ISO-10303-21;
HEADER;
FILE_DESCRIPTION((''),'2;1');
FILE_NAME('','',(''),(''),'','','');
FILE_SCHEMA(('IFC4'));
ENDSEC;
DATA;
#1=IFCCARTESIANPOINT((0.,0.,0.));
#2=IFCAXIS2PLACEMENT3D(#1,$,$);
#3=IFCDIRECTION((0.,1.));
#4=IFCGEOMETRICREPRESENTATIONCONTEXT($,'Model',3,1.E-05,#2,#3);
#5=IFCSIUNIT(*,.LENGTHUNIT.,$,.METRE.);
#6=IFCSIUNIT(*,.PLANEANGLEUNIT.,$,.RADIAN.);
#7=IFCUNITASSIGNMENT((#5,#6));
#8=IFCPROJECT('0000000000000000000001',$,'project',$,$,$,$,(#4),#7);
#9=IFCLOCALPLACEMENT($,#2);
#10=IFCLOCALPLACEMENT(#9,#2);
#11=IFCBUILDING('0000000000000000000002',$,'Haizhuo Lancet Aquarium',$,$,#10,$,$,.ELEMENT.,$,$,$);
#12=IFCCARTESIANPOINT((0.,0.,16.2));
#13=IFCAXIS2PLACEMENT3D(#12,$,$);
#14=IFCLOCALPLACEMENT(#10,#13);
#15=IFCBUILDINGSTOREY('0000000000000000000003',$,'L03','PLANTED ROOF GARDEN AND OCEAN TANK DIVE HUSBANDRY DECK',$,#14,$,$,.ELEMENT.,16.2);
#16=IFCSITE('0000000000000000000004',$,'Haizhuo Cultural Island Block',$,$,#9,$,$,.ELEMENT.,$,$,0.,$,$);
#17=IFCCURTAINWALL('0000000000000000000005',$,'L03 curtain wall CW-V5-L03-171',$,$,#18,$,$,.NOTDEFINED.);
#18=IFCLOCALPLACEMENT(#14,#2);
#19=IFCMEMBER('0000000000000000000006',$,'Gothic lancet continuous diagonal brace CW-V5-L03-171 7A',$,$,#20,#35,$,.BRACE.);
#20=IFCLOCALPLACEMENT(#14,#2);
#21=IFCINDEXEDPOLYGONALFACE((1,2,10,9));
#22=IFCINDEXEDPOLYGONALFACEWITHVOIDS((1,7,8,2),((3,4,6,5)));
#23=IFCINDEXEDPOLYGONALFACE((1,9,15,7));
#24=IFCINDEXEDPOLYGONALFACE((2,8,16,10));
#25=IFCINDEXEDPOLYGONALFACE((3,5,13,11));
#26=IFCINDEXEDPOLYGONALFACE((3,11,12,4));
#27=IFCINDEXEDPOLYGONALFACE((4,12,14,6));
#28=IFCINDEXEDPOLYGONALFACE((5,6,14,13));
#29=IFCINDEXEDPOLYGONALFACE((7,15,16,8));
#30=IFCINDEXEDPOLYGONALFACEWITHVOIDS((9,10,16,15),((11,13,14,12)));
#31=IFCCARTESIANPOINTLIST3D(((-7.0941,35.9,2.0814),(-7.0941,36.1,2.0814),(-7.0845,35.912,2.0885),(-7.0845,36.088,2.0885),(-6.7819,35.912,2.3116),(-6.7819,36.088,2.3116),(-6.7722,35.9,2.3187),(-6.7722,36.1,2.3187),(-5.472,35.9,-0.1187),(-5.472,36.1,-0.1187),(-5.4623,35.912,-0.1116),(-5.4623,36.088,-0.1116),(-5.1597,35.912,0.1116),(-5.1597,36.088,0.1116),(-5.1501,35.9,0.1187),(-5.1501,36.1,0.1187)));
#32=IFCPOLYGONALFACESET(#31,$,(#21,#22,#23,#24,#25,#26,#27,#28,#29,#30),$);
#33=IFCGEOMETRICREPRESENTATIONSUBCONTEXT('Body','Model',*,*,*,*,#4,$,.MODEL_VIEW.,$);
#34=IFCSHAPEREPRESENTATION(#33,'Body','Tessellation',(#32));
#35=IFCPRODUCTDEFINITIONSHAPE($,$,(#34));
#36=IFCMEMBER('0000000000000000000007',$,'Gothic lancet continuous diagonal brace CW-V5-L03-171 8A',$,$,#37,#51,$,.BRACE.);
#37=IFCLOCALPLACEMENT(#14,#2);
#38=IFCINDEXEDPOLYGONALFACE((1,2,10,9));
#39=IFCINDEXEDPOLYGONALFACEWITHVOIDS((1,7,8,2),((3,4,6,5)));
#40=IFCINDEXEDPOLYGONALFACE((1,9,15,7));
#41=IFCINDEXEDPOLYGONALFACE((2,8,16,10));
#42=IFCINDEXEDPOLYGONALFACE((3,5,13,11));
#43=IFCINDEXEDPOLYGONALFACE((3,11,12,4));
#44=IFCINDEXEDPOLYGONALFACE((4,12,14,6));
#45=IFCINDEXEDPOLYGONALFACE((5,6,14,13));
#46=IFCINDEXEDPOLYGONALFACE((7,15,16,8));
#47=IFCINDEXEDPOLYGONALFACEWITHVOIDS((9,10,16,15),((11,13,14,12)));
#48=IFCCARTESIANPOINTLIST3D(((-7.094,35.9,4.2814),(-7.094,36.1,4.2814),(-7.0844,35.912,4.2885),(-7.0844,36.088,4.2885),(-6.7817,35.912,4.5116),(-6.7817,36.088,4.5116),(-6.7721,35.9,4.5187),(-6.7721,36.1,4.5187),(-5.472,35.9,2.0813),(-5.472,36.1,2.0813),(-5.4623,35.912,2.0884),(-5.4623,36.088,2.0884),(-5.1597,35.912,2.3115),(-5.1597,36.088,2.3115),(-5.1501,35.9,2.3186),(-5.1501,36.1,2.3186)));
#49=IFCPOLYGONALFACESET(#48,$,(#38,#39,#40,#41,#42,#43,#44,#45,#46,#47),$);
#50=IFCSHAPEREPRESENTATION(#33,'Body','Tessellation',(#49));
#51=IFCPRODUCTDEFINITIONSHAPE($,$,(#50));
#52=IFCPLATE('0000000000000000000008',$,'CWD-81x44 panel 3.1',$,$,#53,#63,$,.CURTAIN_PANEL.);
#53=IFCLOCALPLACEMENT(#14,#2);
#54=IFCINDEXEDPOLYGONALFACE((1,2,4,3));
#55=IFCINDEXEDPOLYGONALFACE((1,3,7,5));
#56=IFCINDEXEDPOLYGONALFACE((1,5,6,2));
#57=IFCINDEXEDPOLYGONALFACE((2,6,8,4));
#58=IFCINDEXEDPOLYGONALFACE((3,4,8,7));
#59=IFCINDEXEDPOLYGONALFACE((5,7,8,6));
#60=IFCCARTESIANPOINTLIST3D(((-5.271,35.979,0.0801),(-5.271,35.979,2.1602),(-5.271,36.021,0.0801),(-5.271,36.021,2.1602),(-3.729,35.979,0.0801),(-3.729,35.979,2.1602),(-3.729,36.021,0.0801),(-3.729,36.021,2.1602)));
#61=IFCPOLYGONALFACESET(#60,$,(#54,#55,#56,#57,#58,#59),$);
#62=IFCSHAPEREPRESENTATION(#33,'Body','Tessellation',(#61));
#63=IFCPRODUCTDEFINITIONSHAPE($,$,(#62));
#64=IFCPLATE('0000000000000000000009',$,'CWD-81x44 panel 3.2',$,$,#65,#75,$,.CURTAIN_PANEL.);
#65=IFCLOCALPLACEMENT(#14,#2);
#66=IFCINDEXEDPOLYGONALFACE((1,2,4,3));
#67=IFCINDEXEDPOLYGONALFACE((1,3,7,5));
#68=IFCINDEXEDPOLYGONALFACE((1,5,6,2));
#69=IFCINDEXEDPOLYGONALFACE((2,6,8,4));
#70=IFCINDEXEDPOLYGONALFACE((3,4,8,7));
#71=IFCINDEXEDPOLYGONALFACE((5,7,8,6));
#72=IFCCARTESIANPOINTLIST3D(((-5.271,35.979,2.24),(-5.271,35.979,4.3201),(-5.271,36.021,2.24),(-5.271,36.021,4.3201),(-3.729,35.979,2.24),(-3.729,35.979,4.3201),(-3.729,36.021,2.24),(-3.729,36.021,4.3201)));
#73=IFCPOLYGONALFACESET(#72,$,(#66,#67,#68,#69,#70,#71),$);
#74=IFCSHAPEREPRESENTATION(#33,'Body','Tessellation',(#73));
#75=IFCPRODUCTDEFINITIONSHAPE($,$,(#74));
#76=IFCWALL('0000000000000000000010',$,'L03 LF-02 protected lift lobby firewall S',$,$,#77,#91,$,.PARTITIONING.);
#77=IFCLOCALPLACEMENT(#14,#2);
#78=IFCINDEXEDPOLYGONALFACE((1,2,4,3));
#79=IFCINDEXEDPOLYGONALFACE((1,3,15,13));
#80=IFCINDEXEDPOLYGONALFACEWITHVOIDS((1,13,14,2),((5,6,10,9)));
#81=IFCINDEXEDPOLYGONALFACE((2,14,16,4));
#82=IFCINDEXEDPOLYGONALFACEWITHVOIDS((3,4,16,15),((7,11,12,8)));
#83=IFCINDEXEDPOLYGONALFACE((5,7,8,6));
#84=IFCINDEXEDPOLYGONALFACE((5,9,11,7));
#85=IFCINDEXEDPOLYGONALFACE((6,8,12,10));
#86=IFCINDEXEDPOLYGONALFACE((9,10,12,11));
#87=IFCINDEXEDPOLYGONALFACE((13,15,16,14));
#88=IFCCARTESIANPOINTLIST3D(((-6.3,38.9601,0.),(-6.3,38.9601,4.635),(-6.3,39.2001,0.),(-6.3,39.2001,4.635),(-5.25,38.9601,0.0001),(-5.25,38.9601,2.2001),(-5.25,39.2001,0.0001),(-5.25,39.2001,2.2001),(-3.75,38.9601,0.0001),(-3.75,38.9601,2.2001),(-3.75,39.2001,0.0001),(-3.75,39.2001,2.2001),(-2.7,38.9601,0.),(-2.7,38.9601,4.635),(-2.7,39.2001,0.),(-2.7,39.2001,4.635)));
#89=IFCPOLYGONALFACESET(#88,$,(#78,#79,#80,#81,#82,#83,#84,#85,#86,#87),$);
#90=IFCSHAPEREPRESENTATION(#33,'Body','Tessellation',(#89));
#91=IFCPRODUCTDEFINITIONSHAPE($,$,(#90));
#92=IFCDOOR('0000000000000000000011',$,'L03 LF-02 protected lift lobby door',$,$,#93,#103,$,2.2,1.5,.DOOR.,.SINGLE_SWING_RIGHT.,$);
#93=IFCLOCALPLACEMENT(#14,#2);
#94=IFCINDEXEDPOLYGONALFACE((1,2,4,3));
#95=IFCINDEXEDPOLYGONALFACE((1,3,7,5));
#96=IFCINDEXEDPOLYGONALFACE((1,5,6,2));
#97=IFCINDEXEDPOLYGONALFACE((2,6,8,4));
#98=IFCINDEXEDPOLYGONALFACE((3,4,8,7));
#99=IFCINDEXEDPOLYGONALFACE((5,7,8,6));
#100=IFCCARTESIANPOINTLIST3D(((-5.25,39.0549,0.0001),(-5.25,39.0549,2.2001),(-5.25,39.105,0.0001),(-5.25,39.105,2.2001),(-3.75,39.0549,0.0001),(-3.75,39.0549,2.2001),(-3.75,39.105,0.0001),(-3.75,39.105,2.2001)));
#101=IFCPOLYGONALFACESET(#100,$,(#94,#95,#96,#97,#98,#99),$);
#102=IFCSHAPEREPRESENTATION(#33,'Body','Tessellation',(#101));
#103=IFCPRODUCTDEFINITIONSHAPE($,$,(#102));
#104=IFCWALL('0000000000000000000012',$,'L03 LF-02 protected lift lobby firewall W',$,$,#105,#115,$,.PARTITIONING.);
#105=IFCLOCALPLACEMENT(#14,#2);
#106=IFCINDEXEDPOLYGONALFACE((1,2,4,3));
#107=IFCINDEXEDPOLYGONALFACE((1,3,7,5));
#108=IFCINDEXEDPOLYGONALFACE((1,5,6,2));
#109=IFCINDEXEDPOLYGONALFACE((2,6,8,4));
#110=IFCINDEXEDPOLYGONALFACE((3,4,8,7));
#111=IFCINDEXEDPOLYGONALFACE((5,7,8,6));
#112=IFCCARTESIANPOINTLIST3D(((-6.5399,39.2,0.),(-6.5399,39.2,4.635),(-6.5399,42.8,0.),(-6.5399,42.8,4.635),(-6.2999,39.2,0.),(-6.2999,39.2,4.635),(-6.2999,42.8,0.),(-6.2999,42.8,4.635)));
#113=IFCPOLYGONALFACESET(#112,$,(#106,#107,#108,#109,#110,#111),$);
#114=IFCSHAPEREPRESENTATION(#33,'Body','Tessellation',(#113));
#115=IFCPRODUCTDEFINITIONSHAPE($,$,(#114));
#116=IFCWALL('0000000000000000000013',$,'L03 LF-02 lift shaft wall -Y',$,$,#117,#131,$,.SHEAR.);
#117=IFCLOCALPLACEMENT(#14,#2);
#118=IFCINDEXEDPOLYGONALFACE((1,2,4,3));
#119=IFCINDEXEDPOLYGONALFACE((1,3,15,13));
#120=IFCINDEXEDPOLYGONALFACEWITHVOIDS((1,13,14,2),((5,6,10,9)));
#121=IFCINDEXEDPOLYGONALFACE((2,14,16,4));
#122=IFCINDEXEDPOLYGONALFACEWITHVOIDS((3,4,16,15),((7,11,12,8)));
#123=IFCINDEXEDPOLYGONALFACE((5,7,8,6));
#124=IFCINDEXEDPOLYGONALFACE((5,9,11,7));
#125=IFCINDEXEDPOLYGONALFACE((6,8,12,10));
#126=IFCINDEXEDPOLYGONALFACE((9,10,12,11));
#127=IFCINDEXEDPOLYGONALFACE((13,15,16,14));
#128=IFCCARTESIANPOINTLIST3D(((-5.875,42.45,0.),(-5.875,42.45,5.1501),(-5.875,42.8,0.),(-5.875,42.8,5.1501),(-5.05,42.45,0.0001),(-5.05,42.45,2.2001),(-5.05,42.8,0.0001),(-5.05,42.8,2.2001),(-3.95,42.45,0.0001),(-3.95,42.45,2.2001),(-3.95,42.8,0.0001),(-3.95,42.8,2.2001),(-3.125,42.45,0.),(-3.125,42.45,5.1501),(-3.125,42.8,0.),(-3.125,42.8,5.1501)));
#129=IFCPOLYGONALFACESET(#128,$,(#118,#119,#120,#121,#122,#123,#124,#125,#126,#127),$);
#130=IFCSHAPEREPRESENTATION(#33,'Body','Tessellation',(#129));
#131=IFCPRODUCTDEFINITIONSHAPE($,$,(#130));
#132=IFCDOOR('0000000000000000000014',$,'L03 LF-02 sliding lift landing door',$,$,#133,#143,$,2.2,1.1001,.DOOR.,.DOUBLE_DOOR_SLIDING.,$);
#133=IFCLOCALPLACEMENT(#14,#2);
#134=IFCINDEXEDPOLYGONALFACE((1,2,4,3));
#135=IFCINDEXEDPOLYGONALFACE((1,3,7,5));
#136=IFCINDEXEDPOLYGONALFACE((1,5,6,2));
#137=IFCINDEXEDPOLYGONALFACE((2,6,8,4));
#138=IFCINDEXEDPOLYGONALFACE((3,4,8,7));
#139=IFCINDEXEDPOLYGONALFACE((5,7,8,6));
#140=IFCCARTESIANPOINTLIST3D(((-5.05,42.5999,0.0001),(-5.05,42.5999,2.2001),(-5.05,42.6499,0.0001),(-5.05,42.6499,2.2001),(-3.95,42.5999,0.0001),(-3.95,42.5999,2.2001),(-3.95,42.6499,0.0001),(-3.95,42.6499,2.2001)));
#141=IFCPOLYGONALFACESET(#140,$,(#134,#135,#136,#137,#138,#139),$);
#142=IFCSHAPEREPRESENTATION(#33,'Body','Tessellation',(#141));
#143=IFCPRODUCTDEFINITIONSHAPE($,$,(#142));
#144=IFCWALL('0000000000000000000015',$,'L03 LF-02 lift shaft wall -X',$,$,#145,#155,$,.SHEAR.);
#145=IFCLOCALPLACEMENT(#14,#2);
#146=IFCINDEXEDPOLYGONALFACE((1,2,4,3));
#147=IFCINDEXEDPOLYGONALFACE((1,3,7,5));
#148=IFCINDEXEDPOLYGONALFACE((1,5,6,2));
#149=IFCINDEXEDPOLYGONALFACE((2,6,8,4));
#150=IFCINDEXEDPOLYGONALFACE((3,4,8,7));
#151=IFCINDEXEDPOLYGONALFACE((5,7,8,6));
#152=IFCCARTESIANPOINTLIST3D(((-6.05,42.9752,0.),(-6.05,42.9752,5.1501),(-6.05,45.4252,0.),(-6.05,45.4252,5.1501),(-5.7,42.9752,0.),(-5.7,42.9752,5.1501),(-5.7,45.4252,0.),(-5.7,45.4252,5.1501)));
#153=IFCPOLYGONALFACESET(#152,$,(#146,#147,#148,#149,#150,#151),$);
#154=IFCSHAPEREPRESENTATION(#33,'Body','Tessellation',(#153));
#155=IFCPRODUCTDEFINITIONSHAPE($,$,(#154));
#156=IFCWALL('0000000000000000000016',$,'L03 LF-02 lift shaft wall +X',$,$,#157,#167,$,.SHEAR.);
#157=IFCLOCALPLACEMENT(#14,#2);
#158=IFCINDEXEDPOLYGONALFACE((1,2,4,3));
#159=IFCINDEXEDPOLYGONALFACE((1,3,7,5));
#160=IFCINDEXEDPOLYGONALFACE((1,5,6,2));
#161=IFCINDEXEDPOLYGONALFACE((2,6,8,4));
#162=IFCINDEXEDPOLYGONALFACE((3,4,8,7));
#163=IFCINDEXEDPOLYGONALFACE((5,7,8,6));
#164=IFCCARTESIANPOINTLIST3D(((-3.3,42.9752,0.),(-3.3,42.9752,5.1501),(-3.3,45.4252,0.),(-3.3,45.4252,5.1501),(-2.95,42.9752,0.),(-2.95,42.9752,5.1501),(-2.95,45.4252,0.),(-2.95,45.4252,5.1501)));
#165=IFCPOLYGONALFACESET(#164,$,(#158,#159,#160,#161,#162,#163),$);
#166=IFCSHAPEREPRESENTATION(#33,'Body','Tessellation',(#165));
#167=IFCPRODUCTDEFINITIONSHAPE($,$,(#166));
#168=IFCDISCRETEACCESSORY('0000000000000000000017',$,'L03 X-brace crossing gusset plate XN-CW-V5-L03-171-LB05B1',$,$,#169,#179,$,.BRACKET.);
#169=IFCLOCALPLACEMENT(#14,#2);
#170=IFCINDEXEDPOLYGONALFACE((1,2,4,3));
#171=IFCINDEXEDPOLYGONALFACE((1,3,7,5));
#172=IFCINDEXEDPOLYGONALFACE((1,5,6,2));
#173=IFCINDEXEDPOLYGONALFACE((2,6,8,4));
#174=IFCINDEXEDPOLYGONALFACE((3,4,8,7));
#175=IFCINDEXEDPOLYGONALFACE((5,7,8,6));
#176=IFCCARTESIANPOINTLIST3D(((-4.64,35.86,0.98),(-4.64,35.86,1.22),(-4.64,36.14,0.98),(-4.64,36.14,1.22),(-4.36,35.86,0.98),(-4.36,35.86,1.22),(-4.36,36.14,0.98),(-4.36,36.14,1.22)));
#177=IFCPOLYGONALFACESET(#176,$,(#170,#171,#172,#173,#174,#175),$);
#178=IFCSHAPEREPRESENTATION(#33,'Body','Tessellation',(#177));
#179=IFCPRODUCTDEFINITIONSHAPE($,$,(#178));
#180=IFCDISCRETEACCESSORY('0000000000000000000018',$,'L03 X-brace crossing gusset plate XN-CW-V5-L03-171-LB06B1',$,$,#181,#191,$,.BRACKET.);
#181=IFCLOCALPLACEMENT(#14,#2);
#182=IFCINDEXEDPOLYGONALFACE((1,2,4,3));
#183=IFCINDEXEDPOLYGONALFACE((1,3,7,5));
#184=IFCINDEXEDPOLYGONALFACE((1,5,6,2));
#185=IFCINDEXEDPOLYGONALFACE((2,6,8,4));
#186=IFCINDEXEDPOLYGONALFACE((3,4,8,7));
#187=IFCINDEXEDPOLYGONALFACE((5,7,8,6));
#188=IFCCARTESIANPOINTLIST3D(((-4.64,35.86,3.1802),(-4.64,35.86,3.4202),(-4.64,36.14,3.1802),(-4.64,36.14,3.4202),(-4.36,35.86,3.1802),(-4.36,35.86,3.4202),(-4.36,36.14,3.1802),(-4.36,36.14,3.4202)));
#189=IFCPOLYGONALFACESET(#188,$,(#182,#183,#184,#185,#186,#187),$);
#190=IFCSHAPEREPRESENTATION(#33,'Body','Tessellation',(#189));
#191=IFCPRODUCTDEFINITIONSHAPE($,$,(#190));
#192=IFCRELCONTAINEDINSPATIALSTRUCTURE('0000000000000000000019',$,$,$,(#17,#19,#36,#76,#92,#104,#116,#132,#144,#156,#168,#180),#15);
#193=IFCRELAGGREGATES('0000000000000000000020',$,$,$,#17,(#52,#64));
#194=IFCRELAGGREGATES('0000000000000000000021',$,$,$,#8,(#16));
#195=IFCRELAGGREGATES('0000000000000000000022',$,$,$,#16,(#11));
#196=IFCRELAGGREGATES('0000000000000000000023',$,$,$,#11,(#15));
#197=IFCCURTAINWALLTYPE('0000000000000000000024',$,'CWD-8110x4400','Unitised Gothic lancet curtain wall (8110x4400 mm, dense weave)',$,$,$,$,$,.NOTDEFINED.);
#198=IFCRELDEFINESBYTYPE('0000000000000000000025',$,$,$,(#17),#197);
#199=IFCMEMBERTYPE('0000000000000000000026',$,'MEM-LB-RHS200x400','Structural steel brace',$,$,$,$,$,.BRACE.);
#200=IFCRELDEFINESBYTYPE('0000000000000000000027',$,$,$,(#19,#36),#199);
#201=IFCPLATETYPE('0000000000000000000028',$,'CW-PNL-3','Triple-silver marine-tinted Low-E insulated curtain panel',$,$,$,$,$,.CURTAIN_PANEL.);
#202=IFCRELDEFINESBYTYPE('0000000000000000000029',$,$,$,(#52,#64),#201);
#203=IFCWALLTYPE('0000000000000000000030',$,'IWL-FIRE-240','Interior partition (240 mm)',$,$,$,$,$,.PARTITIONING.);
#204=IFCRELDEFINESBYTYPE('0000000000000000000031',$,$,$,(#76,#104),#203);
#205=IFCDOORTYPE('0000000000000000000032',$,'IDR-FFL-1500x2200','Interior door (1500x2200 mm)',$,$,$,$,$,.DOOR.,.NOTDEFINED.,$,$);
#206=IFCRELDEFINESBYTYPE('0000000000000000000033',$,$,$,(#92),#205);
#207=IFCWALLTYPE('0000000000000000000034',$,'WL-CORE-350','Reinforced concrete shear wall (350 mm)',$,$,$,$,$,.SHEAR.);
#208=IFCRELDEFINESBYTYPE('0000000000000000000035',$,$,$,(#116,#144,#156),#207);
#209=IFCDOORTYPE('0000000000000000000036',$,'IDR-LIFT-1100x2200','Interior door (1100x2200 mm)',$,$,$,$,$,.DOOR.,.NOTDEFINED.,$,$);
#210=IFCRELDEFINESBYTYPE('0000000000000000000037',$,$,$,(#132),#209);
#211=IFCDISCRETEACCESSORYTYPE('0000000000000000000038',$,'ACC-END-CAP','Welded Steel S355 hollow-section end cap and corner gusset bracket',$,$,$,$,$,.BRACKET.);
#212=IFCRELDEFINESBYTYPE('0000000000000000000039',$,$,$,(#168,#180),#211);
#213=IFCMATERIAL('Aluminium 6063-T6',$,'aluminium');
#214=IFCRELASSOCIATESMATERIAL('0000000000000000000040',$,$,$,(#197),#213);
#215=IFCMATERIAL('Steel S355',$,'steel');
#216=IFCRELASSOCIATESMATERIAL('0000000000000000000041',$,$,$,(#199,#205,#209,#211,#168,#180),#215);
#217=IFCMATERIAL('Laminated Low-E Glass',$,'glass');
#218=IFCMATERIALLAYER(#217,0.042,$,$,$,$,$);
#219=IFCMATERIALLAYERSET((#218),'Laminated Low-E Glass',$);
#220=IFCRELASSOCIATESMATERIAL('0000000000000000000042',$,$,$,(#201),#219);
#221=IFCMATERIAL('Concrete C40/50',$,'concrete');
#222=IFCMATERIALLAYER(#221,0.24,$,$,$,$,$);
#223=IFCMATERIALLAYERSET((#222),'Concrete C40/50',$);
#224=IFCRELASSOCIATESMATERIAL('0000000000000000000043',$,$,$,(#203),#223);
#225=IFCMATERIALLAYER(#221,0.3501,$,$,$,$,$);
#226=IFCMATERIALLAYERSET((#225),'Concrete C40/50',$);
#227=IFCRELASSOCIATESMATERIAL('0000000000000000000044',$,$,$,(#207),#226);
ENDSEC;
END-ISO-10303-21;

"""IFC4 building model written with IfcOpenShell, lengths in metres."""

from ifc_helpers import new_model, si_unit, direction, frame, frame_2d, origin, origin_2d, place, context, subcontext, project, spatial, rectangle, hollow_rectangle, extrude, material, layer, layer_set, material_profile, profile_set, type_object, element, fill, aggregate, save


model = new_model("IFC4")

# Units and contexts
model_context = context("Model", 3, precision=1e-05, world=origin(), true_north=direction((0.0, 1.0)))
body_context = subcontext(model_context, "Body", "Model", "MODEL_VIEW")
ifc_project = project(units=[si_unit("LENGTHUNIT", "METRE"), si_unit("PLANEANGLEUNIT", "RADIAN")], contexts=[model_context])

# Site, building, storey
site_placement = place(None, origin())
site = spatial("IfcSite", under=ifc_project, at=site_placement, Name="Haizhuo Cultural Island Block", CompositionType="ELEMENT", RefElevation=0.0)
building_placement = place(site_placement, origin())
building = spatial("IfcBuilding", under=site, at=building_placement, Name="Haizhuo Lancet Aquarium", CompositionType="ELEMENT")
storey_placement = place(building_placement, frame((0.0, 0.0, 16.2)))
storey = spatial("IfcBuildingStorey", under=building, at=storey_placement, Name="L03", Description="PLANTED ROOF GARDEN AND OCEAN TANK DIVE HUSBANDRY DECK", CompositionType="ELEMENT", Elevation=16.2)

# Curtain wall
ifc_material_1 = material(Name="Aluminium 6063-T6", Category="aluminium")
curtain_wall_type = type_object("IfcCurtainWallType", Name="CWD-8110x4400", Description="Unitised Gothic lancet curtain wall (8110x4400 mm, dense weave)", PredefinedType="NOTDEFINED", material=ifc_material_1)
curtain_wall_placement = place(storey_placement, origin())
curtain_wall = element("IfcCurtainWall", 1, at=curtain_wall_placement, inside=storey, type_object=curtain_wall_type, Name="L03 curtain wall CW-V5-L03-171", PredefinedType="NOTDEFINED")

# Shared definitions
ifc_material_2 = material(Name="Steel S355", Category="steel")

# Members
ifc_material_profile_1 = material_profile(ifc_material_2, hollow_rectangle(XDim=0.2, YDim=0.3999, WallThickness=0.012, at=origin_2d()), Name="RHS 200x400x12")
ifc_profile_set_1 = profile_set([ifc_material_profile_1], Name="Steel S355")
member_type_1 = type_object("IfcMemberType", Name="MEM-LB-RHS200x400", Description="Structural steel brace", PredefinedType="BRACE", material=ifc_profile_set_1)
for number, where, z_axis, x_axis, name in (
    (2, (-5.311, 36.0, 0.0), (-0.593449, 0.0, 0.804872), (0.0, -1.0, 0.0), "Gothic lancet continuous diagonal brace CW-V5-L03-171 7A"),
    (3, (-5.311, 36.0, 2.2), (-0.593406, 0.0, 0.804903), (0.0, -1.0, 0.0), "Gothic lancet continuous diagonal brace CW-V5-L03-171 8A"),
):
    element("IfcMember", number, at=place(storey_placement, frame(where, z_axis=z_axis, x_axis=x_axis)), inside=storey, type_object=member_type_1, Name=name, PredefinedType="BRACE", context=body_context, shape_type="SweptSolid", body=[
        extrude(hollow_rectangle(XDim=0.2, YDim=0.3999, WallThickness=0.012, at=origin_2d()), origin(), (0.0, 0.0, 1.0), 2.7334),
    ])

# Plates
ifc_material_3 = material(Name="Laminated Low-E Glass", Category="glass")
ifc_layer_1 = layer(ifc_material_3, 0.042)
ifc_layer_set_1 = layer_set([ifc_layer_1], Name="Laminated Low-E Glass")
plate_type = type_object("IfcPlateType", Name="CW-PNL-3", Description="Triple-silver marine-tinted Low-E insulated curtain panel", PredefinedType="CURTAIN_PANEL", material=ifc_layer_set_1)
plate_1_placement = place(storey_placement, frame((-4.5, 36.0, 0.0801), z_axis=(0.0, 0.0, 1.0), x_axis=(-1.0, 0.0, 0.0)))
plate_1 = element("IfcPlate", 4, at=plate_1_placement, type_object=plate_type, Name="CWD-81x44 panel 3.1", PredefinedType="CURTAIN_PANEL", context=body_context, shape_type="SweptSolid", body=[
    extrude(rectangle(XDim=1.542, YDim=0.042, at=origin_2d()), origin(), (0.0, 0.0, 1.0), 2.0801),
])
plate_2_placement = place(storey_placement, frame((-4.5, 36.0, 2.24), z_axis=(0.0, 0.0, 1.0), x_axis=(-1.0, 0.0, 0.0)))
plate_2 = element("IfcPlate", 5, at=plate_2_placement, type_object=plate_type, Name="CWD-81x44 panel 3.2", PredefinedType="CURTAIN_PANEL", context=body_context, shape_type="SweptSolid", body=[
    extrude(rectangle(XDim=1.542, YDim=0.042, at=origin_2d()), origin(), (0.0, 0.0, 1.0), 2.0801),
])
aggregate(curtain_wall, [plate_1, plate_2])

# Wall, opening, door
ifc_material_4 = material(Name="Concrete C40/50", Category="concrete")
ifc_layer_2 = layer(ifc_material_4, 0.24)
ifc_layer_set_2 = layer_set([ifc_layer_2], Name="Concrete C40/50")
wall_type_1 = type_object("IfcWallType", Name="IWL-FIRE-240", Description="Interior partition (240 mm)", PredefinedType="PARTITIONING", material=ifc_layer_set_2)
wall_1_placement = place(storey_placement, frame((-6.3, 39.0801, 0.0), z_axis=(0.0, 0.0, 1.0), x_axis=(1.0, 0.0, 0.0)))
wall_1 = element("IfcWall", 6, at=wall_1_placement, inside=storey, type_object=wall_type_1, Name="L03 LF-02 protected lift lobby firewall S", PredefinedType="PARTITIONING", context=body_context, shape_type="SweptSolid", body=[
    extrude(rectangle(XDim=3.6001, YDim=0.24, at=frame_2d((1.8, 0.0))), origin(), (0.0, 0.0, 1.0), 4.635),
])
opening_1_placement = place(wall_1_placement, frame((1.05, 0.0, 0.0)))
opening_1 = element("IfcOpeningElement", 7, at=opening_1_placement, cuts=wall_1, PredefinedType="OPENING", context=body_context, shape_type="SweptSolid", body=[
    extrude(rectangle(XDim=1.5, YDim=2.2, at=frame_2d((0.75, 1.1001))), frame((0.0, 0.1299, 0.0), z_axis=(0.0, -1.0, 0.0), x_axis=(1.0, 0.0, 0.0)), (0.0, 0.0, 1.0), 0.26),
])
door_type_1 = type_object("IfcDoorType", Name="IDR-FFL-1500x2200", Description="Interior door (1500x2200 mm)", OperationType="NOTDEFINED", PredefinedType="DOOR", material=ifc_material_2)
door_1_placement = place(opening_1_placement, origin())
door_1 = element("IfcDoor", 8, at=door_1_placement, inside=storey, type_object=door_type_1, Name="L03 LF-02 protected lift lobby door", OperationType="SINGLE_SWING_RIGHT", OverallHeight=2.2, OverallWidth=1.5, PredefinedType="DOOR", context=body_context, shape_type="SweptSolid", body=[
    extrude(rectangle(XDim=1.5, YDim=2.2, at=frame_2d((0.75, 1.1001))), frame((0.0, 0.0249, 0.0), z_axis=(0.0, -1.0, 0.0), x_axis=(1.0, 0.0, 0.0)), (0.0, 0.0, 1.0), 0.05),
])
fill(opening_1, door_1)

# Wall
wall_2_placement = place(storey_placement, frame((-6.4199, 39.2, 0.0), z_axis=(0.0, 0.0, 1.0), x_axis=(0.0, 1.0, 0.0)))
element("IfcWall", 9, at=wall_2_placement, inside=storey, type_object=wall_type_1, Name="L03 LF-02 protected lift lobby firewall W", PredefinedType="PARTITIONING", context=body_context, shape_type="SweptSolid", body=[
    extrude(rectangle(XDim=3.6001, YDim=0.24, at=frame_2d((1.8, 0.0))), origin(), (0.0, 0.0, 1.0), 4.635),
])

# Wall, opening, door
ifc_layer_3 = layer(ifc_material_4, 0.3501)
ifc_layer_set_3 = layer_set([ifc_layer_3], Name="Concrete C40/50")
wall_type_2 = type_object("IfcWallType", Name="WL-CORE-350", Description="Reinforced concrete shear wall (350 mm)", PredefinedType="SHEAR", material=ifc_layer_set_3)
wall_3_placement = place(storey_placement, frame((-5.875, 42.625, 0.0), z_axis=(0.0, 0.0, 1.0), x_axis=(1.0, 0.0, 0.0)))
wall_3 = element("IfcWall", 10, at=wall_3_placement, inside=storey, type_object=wall_type_2, Name="L03 LF-02 lift shaft wall -Y", PredefinedType="SHEAR", context=body_context, shape_type="SweptSolid", body=[
    extrude(rectangle(XDim=2.75, YDim=0.3501, at=frame_2d((1.375, 0.0))), origin(), (0.0, 0.0, 1.0), 5.1501),
])
opening_2_placement = place(wall_3_placement, frame((0.825, 0.0, 0.0)))
opening_2 = element("IfcOpeningElement", 11, at=opening_2_placement, cuts=wall_3, PredefinedType="OPENING", context=body_context, shape_type="SweptSolid", body=[
    extrude(rectangle(XDim=1.1001, YDim=2.2, at=frame_2d((0.55, 1.1001))), frame((0.0, 0.1851, 0.0), z_axis=(0.0, -1.0, 0.0), x_axis=(1.0, 0.0, 0.0)), (0.0, 0.0, 1.0), 0.3701),
])
door_type_2 = type_object("IfcDoorType", Name="IDR-LIFT-1100x2200", Description="Interior door (1100x2200 mm)", OperationType="NOTDEFINED", PredefinedType="DOOR", material=ifc_material_2)
door_2_placement = place(opening_2_placement, origin())
door_2 = element("IfcDoor", 12, at=door_2_placement, inside=storey, type_object=door_type_2, Name="L03 LF-02 sliding lift landing door", OperationType="DOUBLE_DOOR_SLIDING", OverallHeight=2.2, OverallWidth=1.1001, PredefinedType="DOOR", context=body_context, shape_type="SweptSolid", body=[
    extrude(rectangle(XDim=1.1001, YDim=2.2, at=frame_2d((0.55, 1.1001))), frame((0.0, 0.0249, 0.0), z_axis=(0.0, -1.0, 0.0), x_axis=(1.0, 0.0, 0.0)), (0.0, 0.0, 1.0), 0.05),
])
fill(opening_2, door_2)

# Walls
for number, where, z_axis, x_axis, name in (
    (13, (-5.875, 42.9751, 0.0), (0.0, 0.0, 1.0), (0.0, 1.0, 0.0), "L03 LF-02 lift shaft wall -X"),
    (14, (-3.125, 42.9751, 0.0), (0.0, 0.0, 1.0), (0.0, 1.0, 0.0), "L03 LF-02 lift shaft wall +X"),
):
    element("IfcWall", number, at=place(storey_placement, frame(where, z_axis=z_axis, x_axis=x_axis)), inside=storey, type_object=wall_type_2, Name=name, PredefinedType="SHEAR", context=body_context, shape_type="SweptSolid", body=[
        extrude(rectangle(XDim=2.45, YDim=0.3501, at=frame_2d((1.2251, 0.0))), origin(), (0.0, 0.0, 1.0), 5.1501),
    ])

# Discrete accessories
discrete_accessory_type = type_object("IfcDiscreteAccessoryType", Name="ACC-END-CAP", Description="Welded Steel S355 hollow-section end cap and corner gusset bracket", PredefinedType="BRACKET", material=ifc_material_2)
for number, where, z_axis, x_axis, name in (
    (15, (-4.5, 36.0, 0.98), (0.0, 0.0, 1.0), (1.0, 0.0, 0.0), "L03 X-brace crossing gusset plate XN-CW-V5-L03-171-LB05B1"),
    (16, (-4.5, 36.0, 3.1802), (0.0, 0.0, 1.0), (1.0, 0.0, 0.0), "L03 X-brace crossing gusset plate XN-CW-V5-L03-171-LB06B1"),
):
    element("IfcDiscreteAccessory", number, at=place(storey_placement, frame(where, z_axis=z_axis, x_axis=x_axis)), inside=storey, type_object=discrete_accessory_type, material=ifc_material_2, Name=name, PredefinedType="BRACKET", context=body_context, shape_type="SweptSolid", body=[
        extrude(rectangle(XDim=0.28, YDim=0.28, at=origin_2d()), origin(), (0.0, 0.0, 1.0), 0.24),
    ])

save(model, "model.ifc")
